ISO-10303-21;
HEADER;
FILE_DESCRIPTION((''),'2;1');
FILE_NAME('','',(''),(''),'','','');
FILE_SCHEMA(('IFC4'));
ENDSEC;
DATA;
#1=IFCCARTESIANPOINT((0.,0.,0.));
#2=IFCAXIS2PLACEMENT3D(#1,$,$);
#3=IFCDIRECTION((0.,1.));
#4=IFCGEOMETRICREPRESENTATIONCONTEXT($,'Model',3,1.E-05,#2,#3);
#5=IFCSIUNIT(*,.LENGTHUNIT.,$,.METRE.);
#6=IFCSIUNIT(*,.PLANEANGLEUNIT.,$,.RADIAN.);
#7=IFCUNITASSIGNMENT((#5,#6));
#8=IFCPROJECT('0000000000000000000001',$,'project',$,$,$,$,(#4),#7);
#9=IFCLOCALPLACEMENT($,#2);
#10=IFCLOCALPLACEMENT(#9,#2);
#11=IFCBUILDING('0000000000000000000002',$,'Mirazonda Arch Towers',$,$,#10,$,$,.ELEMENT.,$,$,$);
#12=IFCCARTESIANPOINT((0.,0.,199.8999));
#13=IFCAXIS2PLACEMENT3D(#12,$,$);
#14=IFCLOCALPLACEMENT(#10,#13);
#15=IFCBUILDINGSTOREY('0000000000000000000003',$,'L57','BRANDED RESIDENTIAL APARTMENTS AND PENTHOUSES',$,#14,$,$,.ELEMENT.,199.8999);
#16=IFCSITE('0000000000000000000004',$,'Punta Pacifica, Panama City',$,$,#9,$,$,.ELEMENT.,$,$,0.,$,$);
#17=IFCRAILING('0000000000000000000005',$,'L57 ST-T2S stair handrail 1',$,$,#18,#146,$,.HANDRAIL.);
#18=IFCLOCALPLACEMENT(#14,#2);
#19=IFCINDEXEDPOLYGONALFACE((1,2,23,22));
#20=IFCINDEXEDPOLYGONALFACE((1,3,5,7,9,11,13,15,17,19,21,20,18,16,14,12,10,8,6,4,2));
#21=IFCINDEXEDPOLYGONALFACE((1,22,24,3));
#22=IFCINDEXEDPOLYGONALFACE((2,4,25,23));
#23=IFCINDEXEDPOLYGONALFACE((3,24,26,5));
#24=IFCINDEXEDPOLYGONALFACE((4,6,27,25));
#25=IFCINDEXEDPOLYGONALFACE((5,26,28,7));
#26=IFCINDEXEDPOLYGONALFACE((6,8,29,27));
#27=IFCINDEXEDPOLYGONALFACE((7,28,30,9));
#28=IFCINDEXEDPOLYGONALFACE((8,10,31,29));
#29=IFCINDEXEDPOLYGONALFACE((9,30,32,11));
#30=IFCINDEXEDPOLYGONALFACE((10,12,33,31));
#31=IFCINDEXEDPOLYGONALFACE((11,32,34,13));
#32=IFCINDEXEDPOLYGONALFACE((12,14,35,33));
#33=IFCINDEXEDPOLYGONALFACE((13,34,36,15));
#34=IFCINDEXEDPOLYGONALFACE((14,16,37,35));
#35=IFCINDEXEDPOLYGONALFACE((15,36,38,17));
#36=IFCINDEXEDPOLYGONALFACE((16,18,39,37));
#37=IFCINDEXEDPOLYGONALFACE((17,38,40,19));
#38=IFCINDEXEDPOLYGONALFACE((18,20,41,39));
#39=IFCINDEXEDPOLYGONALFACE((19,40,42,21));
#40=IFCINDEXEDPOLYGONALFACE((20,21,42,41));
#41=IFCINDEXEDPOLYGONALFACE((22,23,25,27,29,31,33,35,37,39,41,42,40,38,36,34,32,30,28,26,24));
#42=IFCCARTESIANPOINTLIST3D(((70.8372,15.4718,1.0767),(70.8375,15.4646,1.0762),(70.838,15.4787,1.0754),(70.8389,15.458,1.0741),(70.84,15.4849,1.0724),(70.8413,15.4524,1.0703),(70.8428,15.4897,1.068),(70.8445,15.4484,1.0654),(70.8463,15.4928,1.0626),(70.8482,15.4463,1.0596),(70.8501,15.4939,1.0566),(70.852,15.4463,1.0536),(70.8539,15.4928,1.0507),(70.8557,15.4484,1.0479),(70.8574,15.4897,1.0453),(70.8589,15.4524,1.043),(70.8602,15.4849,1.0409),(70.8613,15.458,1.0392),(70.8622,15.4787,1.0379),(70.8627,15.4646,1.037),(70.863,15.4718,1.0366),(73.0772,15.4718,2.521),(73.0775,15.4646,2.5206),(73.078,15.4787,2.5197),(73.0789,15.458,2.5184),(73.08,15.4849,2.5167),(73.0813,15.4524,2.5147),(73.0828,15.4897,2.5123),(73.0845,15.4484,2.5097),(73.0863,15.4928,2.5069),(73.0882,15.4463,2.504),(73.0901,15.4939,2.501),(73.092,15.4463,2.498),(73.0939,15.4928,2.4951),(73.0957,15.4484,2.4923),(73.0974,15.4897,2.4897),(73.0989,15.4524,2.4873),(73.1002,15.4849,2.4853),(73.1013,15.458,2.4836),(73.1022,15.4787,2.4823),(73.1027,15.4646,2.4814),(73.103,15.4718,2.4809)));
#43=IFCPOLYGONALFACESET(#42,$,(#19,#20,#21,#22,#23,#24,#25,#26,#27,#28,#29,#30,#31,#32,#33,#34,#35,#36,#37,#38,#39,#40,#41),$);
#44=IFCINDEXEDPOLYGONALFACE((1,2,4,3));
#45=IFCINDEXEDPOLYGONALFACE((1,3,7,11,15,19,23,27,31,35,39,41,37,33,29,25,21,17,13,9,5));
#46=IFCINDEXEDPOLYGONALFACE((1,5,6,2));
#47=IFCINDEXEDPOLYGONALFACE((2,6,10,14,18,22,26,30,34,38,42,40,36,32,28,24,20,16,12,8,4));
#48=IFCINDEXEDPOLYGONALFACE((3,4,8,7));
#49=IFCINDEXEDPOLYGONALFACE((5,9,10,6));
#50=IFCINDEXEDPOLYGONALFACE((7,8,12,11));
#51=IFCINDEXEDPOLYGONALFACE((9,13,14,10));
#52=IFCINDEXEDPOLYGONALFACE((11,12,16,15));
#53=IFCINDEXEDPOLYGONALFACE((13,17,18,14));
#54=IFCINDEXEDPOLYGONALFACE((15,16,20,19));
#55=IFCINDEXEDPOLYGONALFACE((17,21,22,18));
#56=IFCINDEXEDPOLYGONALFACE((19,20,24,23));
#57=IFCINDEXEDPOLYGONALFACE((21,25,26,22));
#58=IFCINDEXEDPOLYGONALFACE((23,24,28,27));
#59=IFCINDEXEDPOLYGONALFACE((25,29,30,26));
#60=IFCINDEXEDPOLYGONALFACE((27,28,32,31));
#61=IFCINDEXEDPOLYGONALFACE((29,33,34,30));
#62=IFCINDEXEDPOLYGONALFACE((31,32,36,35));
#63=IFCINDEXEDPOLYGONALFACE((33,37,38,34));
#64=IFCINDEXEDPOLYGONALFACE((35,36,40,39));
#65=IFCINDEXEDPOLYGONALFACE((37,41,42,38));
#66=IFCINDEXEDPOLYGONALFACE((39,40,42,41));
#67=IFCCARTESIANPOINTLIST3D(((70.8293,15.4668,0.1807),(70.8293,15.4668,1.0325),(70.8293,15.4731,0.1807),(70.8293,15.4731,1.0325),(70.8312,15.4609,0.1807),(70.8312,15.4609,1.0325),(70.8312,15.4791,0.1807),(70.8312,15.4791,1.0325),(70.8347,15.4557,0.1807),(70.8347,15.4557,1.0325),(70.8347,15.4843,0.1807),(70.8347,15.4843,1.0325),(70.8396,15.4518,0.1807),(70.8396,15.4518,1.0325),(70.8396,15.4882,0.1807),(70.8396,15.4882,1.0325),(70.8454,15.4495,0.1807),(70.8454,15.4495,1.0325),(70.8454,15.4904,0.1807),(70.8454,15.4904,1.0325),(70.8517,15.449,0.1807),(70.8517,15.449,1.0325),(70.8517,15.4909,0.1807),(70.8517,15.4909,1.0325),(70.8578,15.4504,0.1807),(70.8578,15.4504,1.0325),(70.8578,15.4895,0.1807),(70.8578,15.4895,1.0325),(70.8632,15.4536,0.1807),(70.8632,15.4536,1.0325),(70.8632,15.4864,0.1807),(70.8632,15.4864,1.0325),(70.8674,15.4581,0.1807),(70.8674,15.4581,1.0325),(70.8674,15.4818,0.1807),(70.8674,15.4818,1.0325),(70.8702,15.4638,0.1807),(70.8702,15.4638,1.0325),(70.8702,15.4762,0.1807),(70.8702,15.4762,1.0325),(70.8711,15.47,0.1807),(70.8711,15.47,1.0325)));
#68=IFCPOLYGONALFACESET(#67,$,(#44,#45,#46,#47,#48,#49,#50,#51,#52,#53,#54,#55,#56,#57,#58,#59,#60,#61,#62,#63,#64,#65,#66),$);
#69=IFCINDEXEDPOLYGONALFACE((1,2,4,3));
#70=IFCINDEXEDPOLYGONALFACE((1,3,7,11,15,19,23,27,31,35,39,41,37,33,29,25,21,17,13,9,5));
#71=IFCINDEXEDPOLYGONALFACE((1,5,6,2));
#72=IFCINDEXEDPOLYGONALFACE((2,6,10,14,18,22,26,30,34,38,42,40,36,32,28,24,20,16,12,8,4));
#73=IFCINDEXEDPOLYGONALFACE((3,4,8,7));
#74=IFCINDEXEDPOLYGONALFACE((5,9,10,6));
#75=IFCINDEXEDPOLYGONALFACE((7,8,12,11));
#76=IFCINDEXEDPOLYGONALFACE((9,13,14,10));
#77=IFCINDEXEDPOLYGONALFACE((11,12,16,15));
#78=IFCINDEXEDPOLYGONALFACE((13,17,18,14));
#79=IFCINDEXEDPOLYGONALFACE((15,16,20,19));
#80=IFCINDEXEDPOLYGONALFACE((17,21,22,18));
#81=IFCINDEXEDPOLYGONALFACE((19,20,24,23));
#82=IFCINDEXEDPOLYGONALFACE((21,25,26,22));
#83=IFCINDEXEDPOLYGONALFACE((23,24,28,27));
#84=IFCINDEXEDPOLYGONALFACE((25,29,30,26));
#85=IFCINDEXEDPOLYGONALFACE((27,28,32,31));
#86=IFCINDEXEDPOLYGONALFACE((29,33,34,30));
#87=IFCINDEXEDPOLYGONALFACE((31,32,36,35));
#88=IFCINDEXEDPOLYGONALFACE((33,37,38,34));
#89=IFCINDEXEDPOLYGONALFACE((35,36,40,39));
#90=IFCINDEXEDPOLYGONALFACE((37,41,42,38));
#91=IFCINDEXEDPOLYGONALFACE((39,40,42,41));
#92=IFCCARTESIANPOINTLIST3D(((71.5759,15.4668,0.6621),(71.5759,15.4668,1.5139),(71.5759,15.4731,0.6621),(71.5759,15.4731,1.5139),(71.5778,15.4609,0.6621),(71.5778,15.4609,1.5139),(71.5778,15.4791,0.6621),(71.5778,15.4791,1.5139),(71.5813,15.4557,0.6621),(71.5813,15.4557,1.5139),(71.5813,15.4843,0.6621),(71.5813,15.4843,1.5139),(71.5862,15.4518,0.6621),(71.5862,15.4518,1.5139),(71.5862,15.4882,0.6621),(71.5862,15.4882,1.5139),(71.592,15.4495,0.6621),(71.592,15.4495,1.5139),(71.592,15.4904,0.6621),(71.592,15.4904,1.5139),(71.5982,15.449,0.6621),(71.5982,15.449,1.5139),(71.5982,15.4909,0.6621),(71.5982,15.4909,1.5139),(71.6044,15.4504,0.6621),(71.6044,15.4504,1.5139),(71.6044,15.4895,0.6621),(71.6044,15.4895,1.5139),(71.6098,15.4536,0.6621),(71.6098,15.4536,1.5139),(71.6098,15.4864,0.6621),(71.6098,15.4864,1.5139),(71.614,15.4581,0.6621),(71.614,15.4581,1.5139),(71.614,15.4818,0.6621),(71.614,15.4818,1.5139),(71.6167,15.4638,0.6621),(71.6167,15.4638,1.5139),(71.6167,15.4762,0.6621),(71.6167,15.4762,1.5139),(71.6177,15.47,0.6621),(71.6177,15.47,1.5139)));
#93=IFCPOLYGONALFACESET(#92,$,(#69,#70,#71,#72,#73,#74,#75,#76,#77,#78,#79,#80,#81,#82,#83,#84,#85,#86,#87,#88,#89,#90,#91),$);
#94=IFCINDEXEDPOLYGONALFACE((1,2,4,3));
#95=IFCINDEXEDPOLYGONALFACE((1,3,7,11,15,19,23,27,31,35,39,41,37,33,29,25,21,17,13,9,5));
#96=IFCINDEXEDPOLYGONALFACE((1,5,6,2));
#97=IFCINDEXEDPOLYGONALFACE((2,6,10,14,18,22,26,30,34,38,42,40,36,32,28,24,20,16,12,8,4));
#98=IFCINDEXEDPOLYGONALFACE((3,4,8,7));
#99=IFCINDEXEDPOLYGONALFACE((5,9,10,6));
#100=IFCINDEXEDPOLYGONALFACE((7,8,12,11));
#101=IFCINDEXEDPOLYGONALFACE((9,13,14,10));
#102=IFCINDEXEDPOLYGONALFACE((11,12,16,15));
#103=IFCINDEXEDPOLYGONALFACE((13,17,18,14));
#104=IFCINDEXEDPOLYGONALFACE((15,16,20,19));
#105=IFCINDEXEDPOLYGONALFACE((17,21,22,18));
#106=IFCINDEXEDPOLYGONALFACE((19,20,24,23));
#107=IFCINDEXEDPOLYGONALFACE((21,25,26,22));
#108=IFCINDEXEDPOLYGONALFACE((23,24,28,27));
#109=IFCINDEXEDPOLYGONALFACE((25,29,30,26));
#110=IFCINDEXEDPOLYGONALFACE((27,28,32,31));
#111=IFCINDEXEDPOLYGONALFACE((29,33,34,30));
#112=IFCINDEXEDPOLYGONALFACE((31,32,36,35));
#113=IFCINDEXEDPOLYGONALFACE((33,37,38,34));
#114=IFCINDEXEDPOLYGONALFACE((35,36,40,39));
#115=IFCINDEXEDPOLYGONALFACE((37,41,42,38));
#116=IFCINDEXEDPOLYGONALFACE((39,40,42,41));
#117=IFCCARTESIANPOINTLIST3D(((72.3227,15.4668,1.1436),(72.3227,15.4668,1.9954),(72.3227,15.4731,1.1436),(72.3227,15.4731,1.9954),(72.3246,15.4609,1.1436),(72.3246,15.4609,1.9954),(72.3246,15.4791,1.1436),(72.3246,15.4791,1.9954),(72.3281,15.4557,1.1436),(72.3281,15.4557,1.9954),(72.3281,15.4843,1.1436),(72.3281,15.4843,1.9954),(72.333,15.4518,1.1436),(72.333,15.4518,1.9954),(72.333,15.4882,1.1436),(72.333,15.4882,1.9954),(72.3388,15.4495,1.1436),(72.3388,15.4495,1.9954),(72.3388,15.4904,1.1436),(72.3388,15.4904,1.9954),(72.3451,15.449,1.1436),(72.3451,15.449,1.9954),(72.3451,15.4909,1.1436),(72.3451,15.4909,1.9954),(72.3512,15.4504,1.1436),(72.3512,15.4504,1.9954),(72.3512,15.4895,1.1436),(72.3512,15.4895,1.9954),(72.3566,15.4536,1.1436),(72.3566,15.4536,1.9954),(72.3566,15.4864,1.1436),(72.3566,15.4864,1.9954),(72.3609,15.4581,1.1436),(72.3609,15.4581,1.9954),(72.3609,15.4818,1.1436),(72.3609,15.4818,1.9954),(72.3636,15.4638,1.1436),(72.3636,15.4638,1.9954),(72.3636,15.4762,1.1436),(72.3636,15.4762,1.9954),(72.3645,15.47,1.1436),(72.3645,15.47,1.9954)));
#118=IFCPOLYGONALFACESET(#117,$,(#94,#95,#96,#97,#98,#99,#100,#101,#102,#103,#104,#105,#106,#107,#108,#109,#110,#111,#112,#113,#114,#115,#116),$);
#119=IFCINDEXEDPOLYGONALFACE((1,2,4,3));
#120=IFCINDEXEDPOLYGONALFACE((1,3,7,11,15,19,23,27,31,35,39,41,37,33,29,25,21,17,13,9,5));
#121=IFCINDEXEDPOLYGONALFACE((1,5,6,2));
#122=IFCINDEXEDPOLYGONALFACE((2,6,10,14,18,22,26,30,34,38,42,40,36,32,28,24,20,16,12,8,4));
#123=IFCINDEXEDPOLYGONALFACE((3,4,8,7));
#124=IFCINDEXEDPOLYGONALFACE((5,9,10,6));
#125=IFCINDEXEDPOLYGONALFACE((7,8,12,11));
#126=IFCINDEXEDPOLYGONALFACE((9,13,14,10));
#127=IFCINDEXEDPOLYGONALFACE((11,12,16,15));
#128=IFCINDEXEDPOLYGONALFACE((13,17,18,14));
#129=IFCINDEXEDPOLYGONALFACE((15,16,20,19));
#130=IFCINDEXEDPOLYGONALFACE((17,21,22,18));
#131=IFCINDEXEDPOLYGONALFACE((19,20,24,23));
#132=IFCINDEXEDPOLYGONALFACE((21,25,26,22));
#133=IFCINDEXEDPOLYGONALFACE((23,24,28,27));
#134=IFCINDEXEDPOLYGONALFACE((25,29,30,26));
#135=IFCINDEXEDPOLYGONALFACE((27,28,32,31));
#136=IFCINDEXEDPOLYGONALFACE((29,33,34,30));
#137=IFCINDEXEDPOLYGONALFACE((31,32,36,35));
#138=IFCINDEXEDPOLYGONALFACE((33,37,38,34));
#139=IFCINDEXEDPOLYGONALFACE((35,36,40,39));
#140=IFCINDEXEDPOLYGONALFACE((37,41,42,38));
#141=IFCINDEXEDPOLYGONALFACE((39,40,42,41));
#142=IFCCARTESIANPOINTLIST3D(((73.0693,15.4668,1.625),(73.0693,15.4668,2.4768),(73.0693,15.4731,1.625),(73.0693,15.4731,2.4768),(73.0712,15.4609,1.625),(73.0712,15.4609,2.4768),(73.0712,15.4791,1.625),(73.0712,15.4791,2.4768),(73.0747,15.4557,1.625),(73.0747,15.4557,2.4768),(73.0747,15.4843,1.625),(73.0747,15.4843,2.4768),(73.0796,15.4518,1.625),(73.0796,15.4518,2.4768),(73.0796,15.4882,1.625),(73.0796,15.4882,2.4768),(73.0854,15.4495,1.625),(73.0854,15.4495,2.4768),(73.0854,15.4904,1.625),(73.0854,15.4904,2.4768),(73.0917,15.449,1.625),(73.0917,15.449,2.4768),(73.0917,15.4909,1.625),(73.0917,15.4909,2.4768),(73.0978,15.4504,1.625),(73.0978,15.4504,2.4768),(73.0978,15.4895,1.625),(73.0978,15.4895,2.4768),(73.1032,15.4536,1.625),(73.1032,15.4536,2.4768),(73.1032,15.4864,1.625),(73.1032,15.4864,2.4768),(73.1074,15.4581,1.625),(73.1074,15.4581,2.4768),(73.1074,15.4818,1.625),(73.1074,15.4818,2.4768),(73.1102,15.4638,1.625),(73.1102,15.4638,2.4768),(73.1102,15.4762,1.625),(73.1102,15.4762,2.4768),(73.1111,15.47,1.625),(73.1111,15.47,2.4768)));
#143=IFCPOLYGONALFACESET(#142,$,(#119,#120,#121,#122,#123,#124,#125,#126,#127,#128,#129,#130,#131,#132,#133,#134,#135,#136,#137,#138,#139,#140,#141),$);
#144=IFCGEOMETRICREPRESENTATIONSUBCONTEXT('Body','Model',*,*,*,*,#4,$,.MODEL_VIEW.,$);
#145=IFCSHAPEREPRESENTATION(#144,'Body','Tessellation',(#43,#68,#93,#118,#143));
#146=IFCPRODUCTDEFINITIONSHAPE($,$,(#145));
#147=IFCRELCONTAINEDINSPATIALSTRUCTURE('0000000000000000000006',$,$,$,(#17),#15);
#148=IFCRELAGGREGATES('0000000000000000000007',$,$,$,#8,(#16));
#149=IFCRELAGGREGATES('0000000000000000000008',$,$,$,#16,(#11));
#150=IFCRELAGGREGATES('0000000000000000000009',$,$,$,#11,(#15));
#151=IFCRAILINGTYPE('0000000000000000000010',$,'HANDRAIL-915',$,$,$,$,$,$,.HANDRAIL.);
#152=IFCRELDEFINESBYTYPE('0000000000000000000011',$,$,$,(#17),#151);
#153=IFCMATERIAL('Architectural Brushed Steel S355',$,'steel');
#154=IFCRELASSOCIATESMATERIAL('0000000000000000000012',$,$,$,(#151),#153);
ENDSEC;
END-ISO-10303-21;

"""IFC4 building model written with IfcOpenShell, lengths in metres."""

from ifc_helpers import new_model, si_unit, direction, frame, origin, origin_2d, place, context, subcontext, project, spatial, circle, extrude, material, type_object, element, save


model = new_model("IFC4")

# Units and contexts
model_context = context("Model", 3, precision=1e-05, world=origin(), true_north=direction((0.0, 1.0)))
body_context = subcontext(model_context, "Body", "Model", "MODEL_VIEW")
ifc_project = project(units=[si_unit("LENGTHUNIT", "METRE"), si_unit("PLANEANGLEUNIT", "RADIAN")], contexts=[model_context])

# Site, building, storey
site_placement = place(None, origin())
site = spatial("IfcSite", under=ifc_project, at=site_placement, Name="Punta Pacifica, Panama City", CompositionType="ELEMENT", RefElevation=0.0)
building_placement = place(site_placement, origin())
building = spatial("IfcBuilding", under=site, at=building_placement, Name="Mirazonda Arch Towers", CompositionType="ELEMENT")
storey_placement = place(building_placement, frame((0.0, 0.0, 199.8999)))
storey = spatial("IfcBuildingStorey", under=building, at=storey_placement, Name="L57", Description="BRANDED RESIDENTIAL APARTMENTS AND PENTHOUSES", CompositionType="ELEMENT", Elevation=199.8999)

# Shared definitions
ifc_material_1 = material(Name="Architectural Brushed Steel S355", Category="steel")

# Railing
railing_type_1 = type_object("IfcRailingType", Name="HANDRAIL-915", PredefinedType="HANDRAIL", material=ifc_material_1)
railing_1_placement = place(storey_placement, frame((70.8501, 15.47, 0.1807)))
element("IfcRailing", 1, at=railing_1_placement, inside=storey, type_object=railing_type_1, Name="L57 ST-T2S stair handrail 1", PredefinedType="HANDRAIL", context=body_context, shape_type="SweptSolid", body=[
    extrude(circle(Radius=0.0239, at=origin_2d()), frame((0.0, 0.0, 0.876), z_axis=(0.840437, 0.0, 0.54191), x_axis=(0.0, 1.0, 0.0)), (0.0, 0.0, 1.0), 2.6653),
    extrude(circle(Radius=0.021, at=origin_2d()), origin(), (0.0, 0.0, 1.0), 0.8518),
    extrude(circle(Radius=0.021, at=origin_2d()), frame((0.7466, 0.0, 0.4814)), (0.0, 0.0, 1.0), 0.8518),
    extrude(circle(Radius=0.021, at=origin_2d()), frame((1.4934, 0.0, 0.9629)), (0.0, 0.0, 1.0), 0.8518),
    extrude(circle(Radius=0.021, at=origin_2d()), frame((2.24, 0.0, 1.4443)), (0.0, 0.0, 1.0), 0.8518),
])

save(model, "model.ifc")
